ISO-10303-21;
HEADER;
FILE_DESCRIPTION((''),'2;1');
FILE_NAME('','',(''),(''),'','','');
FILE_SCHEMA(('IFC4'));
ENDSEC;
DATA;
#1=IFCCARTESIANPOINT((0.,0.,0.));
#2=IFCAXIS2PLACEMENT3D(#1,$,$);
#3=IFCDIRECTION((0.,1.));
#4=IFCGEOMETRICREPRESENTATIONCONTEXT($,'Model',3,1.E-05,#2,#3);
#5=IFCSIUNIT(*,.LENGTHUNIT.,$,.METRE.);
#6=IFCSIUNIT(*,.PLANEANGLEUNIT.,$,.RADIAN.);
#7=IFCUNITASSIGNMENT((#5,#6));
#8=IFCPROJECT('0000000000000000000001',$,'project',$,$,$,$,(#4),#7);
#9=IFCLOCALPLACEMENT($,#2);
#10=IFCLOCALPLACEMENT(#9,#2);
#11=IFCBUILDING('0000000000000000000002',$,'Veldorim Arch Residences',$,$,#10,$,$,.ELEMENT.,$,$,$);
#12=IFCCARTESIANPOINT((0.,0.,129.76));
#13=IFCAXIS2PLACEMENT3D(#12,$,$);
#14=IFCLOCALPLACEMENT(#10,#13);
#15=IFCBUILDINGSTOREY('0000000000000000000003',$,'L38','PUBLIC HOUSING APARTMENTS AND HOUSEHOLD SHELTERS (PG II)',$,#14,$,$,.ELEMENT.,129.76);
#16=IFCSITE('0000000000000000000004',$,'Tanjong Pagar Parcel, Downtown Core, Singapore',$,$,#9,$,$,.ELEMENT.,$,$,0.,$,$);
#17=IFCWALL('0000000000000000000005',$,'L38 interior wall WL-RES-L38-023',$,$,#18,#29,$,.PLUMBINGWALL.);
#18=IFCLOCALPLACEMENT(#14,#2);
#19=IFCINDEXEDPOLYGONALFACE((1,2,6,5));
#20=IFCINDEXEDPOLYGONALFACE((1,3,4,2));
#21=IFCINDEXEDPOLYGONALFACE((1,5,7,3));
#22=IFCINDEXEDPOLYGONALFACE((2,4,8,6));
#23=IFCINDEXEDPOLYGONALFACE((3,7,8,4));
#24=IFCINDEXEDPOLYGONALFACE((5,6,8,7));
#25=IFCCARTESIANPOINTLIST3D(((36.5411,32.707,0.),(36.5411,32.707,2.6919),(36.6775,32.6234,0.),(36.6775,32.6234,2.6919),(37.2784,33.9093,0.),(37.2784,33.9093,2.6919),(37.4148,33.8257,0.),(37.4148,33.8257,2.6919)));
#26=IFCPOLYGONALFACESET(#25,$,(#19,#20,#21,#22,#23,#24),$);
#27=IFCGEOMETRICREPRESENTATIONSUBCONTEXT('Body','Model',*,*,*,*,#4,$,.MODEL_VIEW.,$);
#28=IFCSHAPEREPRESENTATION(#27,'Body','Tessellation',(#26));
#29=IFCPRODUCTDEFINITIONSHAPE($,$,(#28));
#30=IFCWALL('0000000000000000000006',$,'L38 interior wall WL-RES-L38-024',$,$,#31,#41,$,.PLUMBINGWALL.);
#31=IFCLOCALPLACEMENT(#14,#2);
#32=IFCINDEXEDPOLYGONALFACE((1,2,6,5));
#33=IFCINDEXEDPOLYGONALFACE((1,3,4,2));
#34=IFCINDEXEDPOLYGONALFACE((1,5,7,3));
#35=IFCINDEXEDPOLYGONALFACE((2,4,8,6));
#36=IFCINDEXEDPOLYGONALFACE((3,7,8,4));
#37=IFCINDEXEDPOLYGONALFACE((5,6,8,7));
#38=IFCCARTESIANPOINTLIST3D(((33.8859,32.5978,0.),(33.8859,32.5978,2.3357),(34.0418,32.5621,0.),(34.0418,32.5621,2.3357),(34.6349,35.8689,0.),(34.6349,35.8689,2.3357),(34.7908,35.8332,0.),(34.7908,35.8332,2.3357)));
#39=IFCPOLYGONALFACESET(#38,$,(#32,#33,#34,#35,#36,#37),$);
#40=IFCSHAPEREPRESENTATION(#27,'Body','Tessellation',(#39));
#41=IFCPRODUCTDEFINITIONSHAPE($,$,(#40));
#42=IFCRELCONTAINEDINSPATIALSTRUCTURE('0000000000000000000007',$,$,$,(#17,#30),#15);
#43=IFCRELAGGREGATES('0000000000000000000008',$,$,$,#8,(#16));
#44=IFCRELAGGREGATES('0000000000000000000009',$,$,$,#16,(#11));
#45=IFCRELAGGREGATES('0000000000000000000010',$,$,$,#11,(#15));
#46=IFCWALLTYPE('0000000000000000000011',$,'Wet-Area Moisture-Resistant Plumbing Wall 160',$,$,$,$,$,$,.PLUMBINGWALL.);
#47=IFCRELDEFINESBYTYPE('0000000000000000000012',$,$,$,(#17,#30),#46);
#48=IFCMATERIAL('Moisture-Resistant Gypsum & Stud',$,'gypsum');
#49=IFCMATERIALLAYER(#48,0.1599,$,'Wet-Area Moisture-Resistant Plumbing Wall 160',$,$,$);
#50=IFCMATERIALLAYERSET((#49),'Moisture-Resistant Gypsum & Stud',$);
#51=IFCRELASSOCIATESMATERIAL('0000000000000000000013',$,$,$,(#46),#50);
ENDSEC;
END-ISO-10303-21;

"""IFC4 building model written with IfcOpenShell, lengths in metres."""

from ifc_helpers import new_model, si_unit, direction, frame, frame_2d, origin, place, context, subcontext, project, spatial, rectangle, extrude, material, layer, layer_set, type_object, element, save


model = new_model("IFC4")

# Units and contexts
model_context = context("Model", 3, precision=1e-05, world=origin(), true_north=direction((0.0, 1.0)))
body_context = subcontext(model_context, "Body", "Model", "MODEL_VIEW")
ifc_project = project(units=[si_unit("LENGTHUNIT", "METRE"), si_unit("PLANEANGLEUNIT", "RADIAN")], contexts=[model_context])

# Site, building, storey
site_placement = place(None, origin())
site = spatial("IfcSite", under=ifc_project, at=site_placement, Name="Tanjong Pagar Parcel, Downtown Core, Singapore", CompositionType="ELEMENT", RefElevation=0.0)
building_placement = place(site_placement, origin())
building = spatial("IfcBuilding", under=site, at=building_placement, Name="Veldorim Arch Residences", CompositionType="ELEMENT")
storey_placement = place(building_placement, frame((0.0, 0.0, 129.76)))
storey = spatial("IfcBuildingStorey", under=building, at=storey_placement, Name="L38", Description="PUBLIC HOUSING APARTMENTS AND HOUSEHOLD SHELTERS (PG II)", CompositionType="ELEMENT", Elevation=129.76)

# Shared definitions
ifc_material_1 = material(Name="Moisture-Resistant Gypsum & Stud", Category="gypsum")
ifc_layer_1 = layer(ifc_material_1, 0.1599, Name="Wet-Area Moisture-Resistant Plumbing Wall 160")
ifc_layer_set_1 = layer_set([ifc_layer_1], Name="Moisture-Resistant Gypsum & Stud")
wall_type_1 = type_object("IfcWallType", Name="Wet-Area Moisture-Resistant Plumbing Wall 160", PredefinedType="PLUMBINGWALL", material=ifc_layer_set_1)

# Walls
wall_1_placement = place(storey_placement, frame((36.6094, 32.6653, 0.0), z_axis=(0.0, 0.0, 1.0), x_axis=(0.522745, 0.852489, 0.0)))
element("IfcWall", 1, at=wall_1_placement, inside=storey, type_object=wall_type_1, Name="L38 interior wall WL-RES-L38-023", PredefinedType="PLUMBINGWALL", context=body_context, shape_type="SweptSolid", body=[
    extrude(rectangle(XDim=1.4104, YDim=0.1599, at=frame_2d((0.7051, 0.0))), origin(), (0.0, 0.0, 1.0), 2.6919),
])
wall_2_placement = place(storey_placement, frame((33.9639, 32.5801, 0.0), z_axis=(0.0, 0.0, 1.0), x_axis=(0.223212, 0.97477, 0.0)))
element("IfcWall", 2, at=wall_2_placement, inside=storey, type_object=wall_type_1, Name="L38 interior wall WL-RES-L38-024", PredefinedType="PLUMBINGWALL", context=body_context, shape_type="SweptSolid", body=[
    extrude(rectangle(XDim=3.3557, YDim=0.1599, at=frame_2d((1.6777, 0.0))), origin(), (0.0, 0.0, 1.0), 2.3357),
])

save(model, "model.ifc")
